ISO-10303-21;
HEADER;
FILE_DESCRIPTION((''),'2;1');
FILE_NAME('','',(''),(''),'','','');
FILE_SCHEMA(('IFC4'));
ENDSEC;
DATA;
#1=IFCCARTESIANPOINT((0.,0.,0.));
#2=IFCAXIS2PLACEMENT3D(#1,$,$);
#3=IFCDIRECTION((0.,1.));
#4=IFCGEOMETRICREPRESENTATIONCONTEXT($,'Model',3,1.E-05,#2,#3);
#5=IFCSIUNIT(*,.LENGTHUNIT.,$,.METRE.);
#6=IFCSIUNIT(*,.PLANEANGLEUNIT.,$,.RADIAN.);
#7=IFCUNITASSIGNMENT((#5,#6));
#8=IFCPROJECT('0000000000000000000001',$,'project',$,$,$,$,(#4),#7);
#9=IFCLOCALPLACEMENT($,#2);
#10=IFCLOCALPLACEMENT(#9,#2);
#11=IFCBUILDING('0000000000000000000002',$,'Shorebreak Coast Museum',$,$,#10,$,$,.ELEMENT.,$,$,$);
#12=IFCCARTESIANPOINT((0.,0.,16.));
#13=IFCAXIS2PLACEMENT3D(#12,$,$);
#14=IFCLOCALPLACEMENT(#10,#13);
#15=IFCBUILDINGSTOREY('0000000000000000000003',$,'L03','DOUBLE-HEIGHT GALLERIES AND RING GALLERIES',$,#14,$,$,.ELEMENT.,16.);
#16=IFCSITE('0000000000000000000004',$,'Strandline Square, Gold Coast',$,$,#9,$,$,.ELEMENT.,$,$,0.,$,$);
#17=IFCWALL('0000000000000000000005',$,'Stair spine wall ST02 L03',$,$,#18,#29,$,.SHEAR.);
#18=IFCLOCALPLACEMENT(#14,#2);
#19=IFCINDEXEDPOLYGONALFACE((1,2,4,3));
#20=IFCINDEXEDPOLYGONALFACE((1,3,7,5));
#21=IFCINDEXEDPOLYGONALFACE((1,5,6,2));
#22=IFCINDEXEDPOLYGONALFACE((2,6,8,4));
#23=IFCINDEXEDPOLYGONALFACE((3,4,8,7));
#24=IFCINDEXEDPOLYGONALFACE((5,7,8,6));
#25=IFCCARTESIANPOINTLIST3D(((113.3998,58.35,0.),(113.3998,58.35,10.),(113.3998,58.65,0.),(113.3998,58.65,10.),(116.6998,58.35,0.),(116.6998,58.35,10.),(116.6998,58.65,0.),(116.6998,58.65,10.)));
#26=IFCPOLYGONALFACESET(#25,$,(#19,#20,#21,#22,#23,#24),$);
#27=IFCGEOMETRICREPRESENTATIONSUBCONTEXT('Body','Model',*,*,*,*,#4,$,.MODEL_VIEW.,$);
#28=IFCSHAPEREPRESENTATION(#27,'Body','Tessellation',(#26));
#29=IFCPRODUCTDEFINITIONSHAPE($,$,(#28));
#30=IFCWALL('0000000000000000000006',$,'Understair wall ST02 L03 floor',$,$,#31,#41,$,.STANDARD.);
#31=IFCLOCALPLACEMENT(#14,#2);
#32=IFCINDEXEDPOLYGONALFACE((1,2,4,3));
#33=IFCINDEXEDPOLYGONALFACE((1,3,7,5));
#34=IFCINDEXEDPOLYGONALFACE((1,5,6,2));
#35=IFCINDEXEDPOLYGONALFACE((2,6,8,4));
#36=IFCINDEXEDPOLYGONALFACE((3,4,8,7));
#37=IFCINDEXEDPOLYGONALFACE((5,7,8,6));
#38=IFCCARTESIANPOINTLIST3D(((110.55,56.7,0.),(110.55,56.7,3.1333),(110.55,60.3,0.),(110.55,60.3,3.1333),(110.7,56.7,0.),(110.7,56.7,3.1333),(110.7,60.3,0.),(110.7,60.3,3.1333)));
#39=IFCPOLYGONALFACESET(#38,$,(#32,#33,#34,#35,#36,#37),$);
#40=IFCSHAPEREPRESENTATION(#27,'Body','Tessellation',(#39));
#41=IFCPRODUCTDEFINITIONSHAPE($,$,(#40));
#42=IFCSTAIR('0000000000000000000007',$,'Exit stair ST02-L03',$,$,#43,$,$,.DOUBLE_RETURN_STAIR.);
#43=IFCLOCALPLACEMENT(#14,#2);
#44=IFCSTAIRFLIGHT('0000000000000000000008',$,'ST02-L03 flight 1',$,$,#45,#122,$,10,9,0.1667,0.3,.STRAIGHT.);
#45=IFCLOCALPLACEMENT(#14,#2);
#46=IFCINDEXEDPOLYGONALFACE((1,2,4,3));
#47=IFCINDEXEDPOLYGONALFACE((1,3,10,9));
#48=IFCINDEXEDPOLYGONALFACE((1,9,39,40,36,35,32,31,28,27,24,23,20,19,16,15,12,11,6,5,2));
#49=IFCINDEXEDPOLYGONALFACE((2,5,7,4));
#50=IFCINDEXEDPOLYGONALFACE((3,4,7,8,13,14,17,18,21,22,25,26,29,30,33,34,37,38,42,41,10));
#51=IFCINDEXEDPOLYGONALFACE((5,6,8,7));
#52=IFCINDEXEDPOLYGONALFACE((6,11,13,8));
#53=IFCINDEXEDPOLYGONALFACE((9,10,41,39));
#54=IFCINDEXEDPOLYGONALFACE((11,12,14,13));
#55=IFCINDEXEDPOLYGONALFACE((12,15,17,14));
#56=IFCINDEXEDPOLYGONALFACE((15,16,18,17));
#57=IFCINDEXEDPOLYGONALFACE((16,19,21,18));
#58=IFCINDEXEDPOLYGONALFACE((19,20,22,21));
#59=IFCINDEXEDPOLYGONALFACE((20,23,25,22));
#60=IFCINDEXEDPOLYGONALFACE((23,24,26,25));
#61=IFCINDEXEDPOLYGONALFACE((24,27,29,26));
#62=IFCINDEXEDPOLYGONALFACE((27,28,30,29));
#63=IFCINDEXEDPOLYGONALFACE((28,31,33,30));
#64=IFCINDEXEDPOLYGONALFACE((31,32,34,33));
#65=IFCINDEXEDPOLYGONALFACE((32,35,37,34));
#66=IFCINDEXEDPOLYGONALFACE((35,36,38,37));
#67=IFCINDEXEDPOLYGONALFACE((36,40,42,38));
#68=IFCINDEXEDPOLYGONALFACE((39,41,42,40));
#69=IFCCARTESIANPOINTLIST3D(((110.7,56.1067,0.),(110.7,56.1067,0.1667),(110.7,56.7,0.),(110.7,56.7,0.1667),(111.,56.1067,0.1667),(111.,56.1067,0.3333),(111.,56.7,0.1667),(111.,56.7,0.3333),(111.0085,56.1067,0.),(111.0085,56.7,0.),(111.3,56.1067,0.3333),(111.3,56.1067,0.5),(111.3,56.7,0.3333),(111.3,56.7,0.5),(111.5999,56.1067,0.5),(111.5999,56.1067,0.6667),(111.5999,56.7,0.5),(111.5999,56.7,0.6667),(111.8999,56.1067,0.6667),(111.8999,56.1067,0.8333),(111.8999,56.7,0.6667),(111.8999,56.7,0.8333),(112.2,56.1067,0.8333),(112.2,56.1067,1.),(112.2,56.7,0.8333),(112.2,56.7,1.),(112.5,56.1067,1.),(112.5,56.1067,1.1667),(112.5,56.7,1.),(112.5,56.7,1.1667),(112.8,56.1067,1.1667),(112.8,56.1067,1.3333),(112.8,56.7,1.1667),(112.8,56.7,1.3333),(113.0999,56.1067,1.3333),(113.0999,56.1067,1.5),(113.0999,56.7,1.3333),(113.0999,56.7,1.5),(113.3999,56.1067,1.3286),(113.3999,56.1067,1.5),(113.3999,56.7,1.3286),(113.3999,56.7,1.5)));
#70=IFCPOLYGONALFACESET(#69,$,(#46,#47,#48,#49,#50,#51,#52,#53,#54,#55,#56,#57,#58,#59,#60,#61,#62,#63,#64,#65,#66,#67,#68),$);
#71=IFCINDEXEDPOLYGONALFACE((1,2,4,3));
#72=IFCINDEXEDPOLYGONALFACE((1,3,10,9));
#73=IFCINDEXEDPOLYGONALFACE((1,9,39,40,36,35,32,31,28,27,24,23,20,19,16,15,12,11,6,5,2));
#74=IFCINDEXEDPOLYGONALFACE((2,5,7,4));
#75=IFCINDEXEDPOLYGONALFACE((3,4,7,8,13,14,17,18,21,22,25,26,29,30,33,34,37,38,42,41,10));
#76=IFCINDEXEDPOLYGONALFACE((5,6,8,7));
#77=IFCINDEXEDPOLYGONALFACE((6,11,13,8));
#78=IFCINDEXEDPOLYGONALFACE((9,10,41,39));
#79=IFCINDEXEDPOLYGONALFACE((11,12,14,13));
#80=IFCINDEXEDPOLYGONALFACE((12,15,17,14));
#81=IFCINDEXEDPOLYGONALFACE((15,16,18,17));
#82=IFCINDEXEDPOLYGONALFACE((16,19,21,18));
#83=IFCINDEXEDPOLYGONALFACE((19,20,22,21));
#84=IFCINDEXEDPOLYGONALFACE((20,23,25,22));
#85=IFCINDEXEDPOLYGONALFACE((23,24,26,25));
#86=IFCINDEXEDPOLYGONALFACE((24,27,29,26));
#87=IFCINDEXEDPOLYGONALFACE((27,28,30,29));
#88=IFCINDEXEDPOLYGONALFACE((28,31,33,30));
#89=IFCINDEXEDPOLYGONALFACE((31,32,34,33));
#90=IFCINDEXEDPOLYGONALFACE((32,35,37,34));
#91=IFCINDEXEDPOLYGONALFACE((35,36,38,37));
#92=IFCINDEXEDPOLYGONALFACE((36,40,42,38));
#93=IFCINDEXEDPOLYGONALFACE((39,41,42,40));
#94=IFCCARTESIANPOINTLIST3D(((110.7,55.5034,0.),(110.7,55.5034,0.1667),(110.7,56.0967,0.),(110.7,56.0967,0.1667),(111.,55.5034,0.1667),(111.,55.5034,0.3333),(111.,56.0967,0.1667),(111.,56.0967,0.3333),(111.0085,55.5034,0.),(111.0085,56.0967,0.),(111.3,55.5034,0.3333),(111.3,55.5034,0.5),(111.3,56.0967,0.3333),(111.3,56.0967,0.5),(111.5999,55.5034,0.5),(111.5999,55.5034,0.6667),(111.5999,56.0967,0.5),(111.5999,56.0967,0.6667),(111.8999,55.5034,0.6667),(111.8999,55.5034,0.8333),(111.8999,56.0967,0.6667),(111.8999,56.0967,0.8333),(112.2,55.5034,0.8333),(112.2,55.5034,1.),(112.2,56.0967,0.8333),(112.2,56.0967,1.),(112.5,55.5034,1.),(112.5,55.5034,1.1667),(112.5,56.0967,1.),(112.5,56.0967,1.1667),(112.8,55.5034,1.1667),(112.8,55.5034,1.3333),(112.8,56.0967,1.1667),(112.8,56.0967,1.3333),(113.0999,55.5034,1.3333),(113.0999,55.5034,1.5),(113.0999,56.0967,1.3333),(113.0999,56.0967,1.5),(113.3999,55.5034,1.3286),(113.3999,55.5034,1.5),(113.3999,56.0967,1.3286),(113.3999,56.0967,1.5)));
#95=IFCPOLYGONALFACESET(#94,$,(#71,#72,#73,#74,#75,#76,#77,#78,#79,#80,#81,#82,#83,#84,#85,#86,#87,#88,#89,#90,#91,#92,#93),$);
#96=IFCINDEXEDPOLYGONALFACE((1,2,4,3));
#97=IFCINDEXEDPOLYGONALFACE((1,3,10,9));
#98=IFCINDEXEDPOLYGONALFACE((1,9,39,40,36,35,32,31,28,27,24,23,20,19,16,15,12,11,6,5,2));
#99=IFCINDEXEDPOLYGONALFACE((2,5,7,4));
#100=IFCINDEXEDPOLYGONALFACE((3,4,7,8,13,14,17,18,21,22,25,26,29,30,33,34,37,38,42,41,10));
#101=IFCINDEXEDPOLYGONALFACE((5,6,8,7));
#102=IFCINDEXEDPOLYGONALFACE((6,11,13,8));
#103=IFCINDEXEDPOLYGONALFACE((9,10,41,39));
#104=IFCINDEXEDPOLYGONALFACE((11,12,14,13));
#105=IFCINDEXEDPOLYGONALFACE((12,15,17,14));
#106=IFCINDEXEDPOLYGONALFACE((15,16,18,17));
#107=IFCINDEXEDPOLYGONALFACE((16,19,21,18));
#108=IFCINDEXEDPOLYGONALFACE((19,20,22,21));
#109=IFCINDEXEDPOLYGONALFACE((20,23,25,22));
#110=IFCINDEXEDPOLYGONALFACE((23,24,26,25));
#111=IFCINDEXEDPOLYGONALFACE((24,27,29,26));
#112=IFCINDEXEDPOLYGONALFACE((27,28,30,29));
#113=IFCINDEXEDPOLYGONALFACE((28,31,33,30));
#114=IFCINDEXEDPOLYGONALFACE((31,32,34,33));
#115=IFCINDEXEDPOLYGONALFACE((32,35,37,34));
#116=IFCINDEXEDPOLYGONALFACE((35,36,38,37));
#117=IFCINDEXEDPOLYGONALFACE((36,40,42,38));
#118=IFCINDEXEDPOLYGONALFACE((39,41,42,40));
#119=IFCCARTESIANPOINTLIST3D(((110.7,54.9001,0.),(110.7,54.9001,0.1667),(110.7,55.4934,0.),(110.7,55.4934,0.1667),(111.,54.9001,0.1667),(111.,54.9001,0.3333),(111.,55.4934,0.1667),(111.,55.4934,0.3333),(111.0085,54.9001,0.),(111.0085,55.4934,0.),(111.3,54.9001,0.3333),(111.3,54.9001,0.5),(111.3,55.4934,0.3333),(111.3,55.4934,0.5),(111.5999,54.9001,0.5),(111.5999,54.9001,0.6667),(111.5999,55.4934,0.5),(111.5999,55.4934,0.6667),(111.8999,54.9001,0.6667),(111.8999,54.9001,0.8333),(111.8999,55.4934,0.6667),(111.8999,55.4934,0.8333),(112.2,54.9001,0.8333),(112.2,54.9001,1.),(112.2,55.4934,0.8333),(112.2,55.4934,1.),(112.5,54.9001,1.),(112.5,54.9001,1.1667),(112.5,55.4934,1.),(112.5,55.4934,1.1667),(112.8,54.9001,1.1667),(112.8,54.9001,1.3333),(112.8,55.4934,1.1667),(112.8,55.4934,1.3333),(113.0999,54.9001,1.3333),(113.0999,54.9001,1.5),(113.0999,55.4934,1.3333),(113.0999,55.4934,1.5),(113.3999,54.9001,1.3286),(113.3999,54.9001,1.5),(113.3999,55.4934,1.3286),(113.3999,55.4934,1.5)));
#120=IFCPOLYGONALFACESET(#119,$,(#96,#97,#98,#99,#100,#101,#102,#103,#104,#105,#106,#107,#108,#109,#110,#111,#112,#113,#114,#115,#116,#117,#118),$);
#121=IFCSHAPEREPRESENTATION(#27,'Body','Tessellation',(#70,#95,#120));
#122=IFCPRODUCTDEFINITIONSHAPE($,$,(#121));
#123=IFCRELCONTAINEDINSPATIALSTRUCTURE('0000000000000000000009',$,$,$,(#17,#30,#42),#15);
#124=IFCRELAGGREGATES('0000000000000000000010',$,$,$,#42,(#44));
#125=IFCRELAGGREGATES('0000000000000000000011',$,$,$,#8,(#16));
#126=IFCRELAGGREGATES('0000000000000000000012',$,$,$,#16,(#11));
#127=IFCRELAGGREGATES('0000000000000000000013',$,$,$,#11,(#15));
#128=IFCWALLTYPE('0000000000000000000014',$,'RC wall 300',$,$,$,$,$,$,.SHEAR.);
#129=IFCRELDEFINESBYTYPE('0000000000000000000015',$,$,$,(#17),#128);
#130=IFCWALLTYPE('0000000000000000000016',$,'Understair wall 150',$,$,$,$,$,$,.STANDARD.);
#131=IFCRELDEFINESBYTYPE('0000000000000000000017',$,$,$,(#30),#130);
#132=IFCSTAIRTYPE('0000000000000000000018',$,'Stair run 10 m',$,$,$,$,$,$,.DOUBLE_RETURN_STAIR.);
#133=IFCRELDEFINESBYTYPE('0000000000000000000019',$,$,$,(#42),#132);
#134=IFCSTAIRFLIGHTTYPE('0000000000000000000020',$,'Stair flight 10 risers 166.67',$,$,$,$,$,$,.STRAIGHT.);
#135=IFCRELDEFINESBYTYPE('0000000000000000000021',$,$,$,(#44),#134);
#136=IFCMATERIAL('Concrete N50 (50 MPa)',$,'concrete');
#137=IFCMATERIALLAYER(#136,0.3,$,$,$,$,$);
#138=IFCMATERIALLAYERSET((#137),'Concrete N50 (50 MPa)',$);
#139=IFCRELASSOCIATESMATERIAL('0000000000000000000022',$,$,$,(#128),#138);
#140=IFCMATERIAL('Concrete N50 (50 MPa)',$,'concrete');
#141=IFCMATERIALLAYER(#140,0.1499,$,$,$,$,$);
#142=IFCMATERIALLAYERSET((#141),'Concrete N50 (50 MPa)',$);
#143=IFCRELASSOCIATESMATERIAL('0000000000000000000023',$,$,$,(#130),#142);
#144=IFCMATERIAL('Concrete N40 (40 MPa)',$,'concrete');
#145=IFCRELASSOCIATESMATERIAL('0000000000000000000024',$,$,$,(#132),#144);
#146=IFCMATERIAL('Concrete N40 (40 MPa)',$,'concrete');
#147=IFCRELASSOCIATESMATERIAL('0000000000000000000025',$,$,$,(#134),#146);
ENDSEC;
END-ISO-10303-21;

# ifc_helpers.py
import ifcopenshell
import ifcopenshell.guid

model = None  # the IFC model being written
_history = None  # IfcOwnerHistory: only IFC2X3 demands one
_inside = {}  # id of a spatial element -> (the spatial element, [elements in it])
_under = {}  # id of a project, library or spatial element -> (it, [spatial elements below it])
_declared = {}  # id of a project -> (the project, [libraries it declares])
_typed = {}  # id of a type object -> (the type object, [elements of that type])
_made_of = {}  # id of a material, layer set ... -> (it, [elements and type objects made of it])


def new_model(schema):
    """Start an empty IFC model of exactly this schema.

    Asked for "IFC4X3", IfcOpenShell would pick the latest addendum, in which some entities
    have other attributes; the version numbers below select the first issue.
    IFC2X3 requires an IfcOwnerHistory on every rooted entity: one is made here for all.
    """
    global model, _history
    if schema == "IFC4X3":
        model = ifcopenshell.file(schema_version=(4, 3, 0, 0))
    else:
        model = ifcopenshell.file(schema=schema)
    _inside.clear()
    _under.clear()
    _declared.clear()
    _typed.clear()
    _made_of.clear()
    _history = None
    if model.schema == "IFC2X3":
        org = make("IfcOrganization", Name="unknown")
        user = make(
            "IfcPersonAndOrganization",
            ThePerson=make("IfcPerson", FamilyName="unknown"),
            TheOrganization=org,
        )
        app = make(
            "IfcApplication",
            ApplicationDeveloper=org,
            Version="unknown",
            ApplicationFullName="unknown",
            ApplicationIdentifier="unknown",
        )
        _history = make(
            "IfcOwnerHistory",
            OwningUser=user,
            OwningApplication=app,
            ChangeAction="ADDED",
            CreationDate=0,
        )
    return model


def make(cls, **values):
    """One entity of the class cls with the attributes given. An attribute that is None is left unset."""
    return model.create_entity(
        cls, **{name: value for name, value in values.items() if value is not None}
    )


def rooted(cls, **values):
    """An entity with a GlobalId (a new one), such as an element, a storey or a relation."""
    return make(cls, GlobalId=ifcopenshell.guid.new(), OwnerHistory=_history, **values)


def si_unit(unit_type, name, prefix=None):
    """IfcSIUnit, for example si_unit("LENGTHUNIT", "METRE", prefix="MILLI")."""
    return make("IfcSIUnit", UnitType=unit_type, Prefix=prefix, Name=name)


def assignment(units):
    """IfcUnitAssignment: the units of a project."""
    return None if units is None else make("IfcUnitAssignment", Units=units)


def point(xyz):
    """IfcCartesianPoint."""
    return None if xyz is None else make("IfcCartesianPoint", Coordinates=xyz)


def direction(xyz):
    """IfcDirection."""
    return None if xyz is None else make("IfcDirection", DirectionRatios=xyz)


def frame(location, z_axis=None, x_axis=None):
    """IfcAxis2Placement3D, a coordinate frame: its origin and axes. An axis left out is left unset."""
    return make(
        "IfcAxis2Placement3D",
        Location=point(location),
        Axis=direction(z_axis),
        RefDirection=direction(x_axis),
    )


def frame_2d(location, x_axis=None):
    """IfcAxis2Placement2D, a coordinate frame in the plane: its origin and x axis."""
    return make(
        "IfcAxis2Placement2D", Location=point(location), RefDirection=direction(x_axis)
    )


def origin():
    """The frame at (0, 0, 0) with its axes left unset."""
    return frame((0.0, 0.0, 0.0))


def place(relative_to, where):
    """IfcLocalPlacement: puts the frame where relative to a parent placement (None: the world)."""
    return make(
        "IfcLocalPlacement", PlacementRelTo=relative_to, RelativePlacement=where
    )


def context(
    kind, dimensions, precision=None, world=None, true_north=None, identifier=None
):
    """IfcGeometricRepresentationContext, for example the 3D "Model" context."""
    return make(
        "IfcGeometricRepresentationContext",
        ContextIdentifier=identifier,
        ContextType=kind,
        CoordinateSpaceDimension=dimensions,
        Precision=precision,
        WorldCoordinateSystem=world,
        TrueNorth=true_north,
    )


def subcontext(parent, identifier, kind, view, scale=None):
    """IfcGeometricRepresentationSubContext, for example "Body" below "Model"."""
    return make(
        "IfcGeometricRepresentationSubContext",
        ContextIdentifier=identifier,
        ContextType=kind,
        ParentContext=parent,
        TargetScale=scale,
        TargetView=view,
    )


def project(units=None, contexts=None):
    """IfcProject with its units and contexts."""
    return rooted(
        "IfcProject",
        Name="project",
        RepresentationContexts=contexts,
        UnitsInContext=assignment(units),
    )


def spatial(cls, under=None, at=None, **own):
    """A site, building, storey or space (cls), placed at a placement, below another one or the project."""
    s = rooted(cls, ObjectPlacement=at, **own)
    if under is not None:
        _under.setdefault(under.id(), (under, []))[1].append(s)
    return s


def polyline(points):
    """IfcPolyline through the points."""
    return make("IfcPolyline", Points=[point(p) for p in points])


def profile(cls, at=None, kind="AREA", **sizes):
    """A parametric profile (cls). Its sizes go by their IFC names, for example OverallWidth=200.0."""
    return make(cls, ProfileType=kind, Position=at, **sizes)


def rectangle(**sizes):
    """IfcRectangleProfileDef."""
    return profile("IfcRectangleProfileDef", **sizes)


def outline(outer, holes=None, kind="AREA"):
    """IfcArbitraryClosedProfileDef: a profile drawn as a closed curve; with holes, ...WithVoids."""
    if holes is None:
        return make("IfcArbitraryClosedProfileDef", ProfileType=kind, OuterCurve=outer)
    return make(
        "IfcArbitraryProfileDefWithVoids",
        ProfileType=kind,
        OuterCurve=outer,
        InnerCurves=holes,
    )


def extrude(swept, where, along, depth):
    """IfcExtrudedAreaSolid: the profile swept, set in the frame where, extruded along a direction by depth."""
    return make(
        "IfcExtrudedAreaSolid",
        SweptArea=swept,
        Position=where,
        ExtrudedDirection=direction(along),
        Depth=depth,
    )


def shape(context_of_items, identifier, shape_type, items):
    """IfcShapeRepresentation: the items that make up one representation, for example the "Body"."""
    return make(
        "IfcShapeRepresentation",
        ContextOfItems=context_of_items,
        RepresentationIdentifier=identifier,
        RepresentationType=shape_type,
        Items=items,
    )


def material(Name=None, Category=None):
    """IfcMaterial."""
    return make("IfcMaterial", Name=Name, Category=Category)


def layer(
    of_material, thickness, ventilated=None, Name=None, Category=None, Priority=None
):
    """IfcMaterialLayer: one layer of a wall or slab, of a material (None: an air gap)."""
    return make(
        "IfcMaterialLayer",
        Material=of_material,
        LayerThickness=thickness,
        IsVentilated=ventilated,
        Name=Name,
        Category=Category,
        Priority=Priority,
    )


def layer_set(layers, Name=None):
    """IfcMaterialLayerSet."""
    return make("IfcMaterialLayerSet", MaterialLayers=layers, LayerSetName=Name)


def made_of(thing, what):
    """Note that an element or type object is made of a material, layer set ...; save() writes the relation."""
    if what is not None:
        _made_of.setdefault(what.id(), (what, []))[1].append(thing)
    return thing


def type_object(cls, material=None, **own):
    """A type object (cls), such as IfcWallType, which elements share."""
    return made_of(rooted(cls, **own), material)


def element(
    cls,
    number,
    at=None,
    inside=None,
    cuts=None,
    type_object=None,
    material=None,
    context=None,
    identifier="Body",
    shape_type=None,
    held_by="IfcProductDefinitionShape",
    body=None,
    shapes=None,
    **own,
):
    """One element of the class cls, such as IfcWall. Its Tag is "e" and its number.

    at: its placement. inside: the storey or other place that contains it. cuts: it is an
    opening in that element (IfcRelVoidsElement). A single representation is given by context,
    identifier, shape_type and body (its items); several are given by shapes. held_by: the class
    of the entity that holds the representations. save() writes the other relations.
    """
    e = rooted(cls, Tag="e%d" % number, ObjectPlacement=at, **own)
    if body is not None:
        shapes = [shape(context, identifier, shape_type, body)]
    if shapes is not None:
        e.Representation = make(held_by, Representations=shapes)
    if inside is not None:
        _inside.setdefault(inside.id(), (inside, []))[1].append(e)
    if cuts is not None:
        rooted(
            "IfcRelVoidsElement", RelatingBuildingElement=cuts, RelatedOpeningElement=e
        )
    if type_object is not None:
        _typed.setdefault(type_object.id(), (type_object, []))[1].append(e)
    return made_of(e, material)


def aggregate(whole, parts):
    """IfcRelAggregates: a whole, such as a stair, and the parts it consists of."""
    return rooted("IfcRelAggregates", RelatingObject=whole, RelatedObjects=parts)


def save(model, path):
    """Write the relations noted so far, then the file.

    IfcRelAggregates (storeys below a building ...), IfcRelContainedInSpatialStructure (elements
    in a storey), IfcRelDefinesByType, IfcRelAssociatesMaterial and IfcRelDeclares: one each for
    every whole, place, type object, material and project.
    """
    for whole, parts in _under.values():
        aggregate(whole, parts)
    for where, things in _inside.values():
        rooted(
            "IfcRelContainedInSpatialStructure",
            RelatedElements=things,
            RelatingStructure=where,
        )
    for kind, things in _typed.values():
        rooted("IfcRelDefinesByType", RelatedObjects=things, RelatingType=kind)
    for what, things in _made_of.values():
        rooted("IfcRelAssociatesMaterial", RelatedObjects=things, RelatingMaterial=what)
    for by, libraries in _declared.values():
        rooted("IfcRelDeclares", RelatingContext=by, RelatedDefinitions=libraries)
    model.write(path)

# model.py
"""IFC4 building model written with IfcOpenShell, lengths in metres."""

from ifc_helpers import new_model, si_unit, direction, frame, frame_2d, origin, place, context, subcontext, project, spatial, polyline, rectangle, outline, extrude, material, layer, layer_set, type_object, element, aggregate, save


model = new_model("IFC4")

# Units and contexts
model_context = context("Model", 3, precision=1e-05, world=origin(), true_north=direction((0.0, 1.0)))
body_context = subcontext(model_context, "Body", "Model", "MODEL_VIEW")
ifc_project = project(units=[si_unit("LENGTHUNIT", "METRE"), si_unit("PLANEANGLEUNIT", "RADIAN")], contexts=[model_context])

# Site, building, storey
site_placement = place(None, origin())
site = spatial("IfcSite", under=ifc_project, at=site_placement, Name="Strandline Square, Gold Coast", CompositionType="ELEMENT", RefElevation=0.0)
building_placement = place(site_placement, origin())
building = spatial("IfcBuilding", under=site, at=building_placement, Name="Shorebreak Coast Museum", CompositionType="ELEMENT")
storey_placement = place(building_placement, frame((0.0, 0.0, 16.0)))
storey = spatial("IfcBuildingStorey", under=building, at=storey_placement, Name="L03", Description="DOUBLE-HEIGHT GALLERIES AND RING GALLERIES", CompositionType="ELEMENT", Elevation=16.0)

# Walls
ifc_material_1 = material(Name="Concrete N50 (50 MPa)", Category="concrete")
ifc_layer_1 = layer(ifc_material_1, 0.3)
ifc_layer_set_1 = layer_set([ifc_layer_1], Name="Concrete N50 (50 MPa)")
wall_type_1 = type_object("IfcWallType", Name="RC wall 300", PredefinedType="SHEAR", material=ifc_layer_set_1)
wall_1_placement = place(storey_placement, frame((113.3999, 58.5, 0.0), z_axis=(0.0, 0.0, 1.0), x_axis=(1.0, 0.0, 0.0)))
element("IfcWall", 1, at=wall_1_placement, inside=storey, type_object=wall_type_1, Name="Stair spine wall ST02 L03", PredefinedType="SHEAR", context=body_context, shape_type="SweptSolid", body=[
    extrude(rectangle(XDim=3.3, YDim=0.3, at=frame_2d((1.6499, 0.0))), origin(), (0.0, 0.0, 1.0), 10.0),
])
ifc_material_2 = material(Name="Concrete N50 (50 MPa)", Category="concrete")
ifc_layer_2 = layer(ifc_material_2, 0.1499)
ifc_layer_set_2 = layer_set([ifc_layer_2], Name="Concrete N50 (50 MPa)")
wall_type_2 = type_object("IfcWallType", Name="Understair wall 150", PredefinedType="STANDARD", material=ifc_layer_set_2)
wall_2_placement = place(storey_placement, frame((110.625, 56.7, 0.0), z_axis=(0.0, 0.0, 1.0), x_axis=(0.0, 1.0, 0.0)))
element("IfcWall", 2, at=wall_2_placement, inside=storey, type_object=wall_type_2, Name="Understair wall ST02 L03 floor", PredefinedType="STANDARD", context=body_context, shape_type="SweptSolid", body=[
    extrude(rectangle(XDim=3.6001, YDim=0.1499, at=frame_2d((1.8, 0.0))), origin(), (0.0, 0.0, 1.0), 3.1333),
])

# Stair, stair flight
ifc_material_3 = material(Name="Concrete N40 (40 MPa)", Category="concrete")
stair_type = type_object("IfcStairType", Name="Stair run 10 m", PredefinedType="DOUBLE_RETURN_STAIR", material=ifc_material_3)
stair_placement = place(storey_placement, origin())
stair = element("IfcStair", 3, at=stair_placement, inside=storey, type_object=stair_type, Name="Exit stair ST02-L03", PredefinedType="DOUBLE_RETURN_STAIR")
ifc_material_4 = material(Name="Concrete N40 (40 MPa)", Category="concrete")
stair_flight_type = type_object("IfcStairFlightType", Name="Stair flight 10 risers 166.67", PredefinedType="STRAIGHT", material=ifc_material_4)
stair_flight_1_placement = place(storey_placement, frame((110.7, 55.8, 0.0), z_axis=(0.0, 0.0, 1.0), x_axis=(1.0, 0.0, 0.0)))
stair_flight_1 = element("IfcStairFlight", 4, at=stair_flight_1_placement, type_object=stair_flight_type, Name="ST02-L03 flight 1", NumberOfRisers=10, NumberOfTreads=9, PredefinedType="STRAIGHT", RiserHeight=0.1667, TreadLength=0.3, context=body_context, shape_type="SweptSolid", body=[
    extrude(outline(polyline([(0.0, 0.0), (0.0, 0.1667), (0.3, 0.1667), (0.3, 0.3333), (0.6001, 0.3333), (0.6001, 0.5), (0.8999, 0.5), (0.8999, 0.6667), (1.2, 0.6667), (1.2, 0.8333), (1.5, 0.8333), (1.5, 1.0), (1.8, 1.0), (1.8, 1.1667), (2.1001, 1.1667), (2.1001, 1.3333), (2.3999, 1.3333), (2.3999, 1.5), (2.7, 1.5), (2.7, 1.6667), (2.7, 1.3286), (0.3086, 0.0), (0.0, 0.0)])), frame((0.0, 0.8999, 0.0), z_axis=(0.0, -1.0, 0.0), x_axis=(1.0, 0.0, 0.0)), (0.0, 0.0, 1.0), 0.5933),
    extrude(outline(polyline([(0.0, 0.0), (0.0, 0.1667), (0.3, 0.1667), (0.3, 0.3333), (0.6001, 0.3333), (0.6001, 0.5), (0.8999, 0.5), (0.8999, 0.6667), (1.2, 0.6667), (1.2, 0.8333), (1.5, 0.8333), (1.5, 1.0), (1.8, 1.0), (1.8, 1.1667), (2.1001, 1.1667), (2.1001, 1.3333), (2.3999, 1.3333), (2.3999, 1.5), (2.7, 1.5), (2.7, 1.6667), (2.7, 1.3286), (0.3086, 0.0), (0.0, 0.0)])), frame((0.0, 0.2966, 0.0), z_axis=(0.0, -1.0, 0.0), x_axis=(1.0, 0.0, 0.0)), (0.0, 0.0, 1.0), 0.5933),
    extrude(outline(polyline([(0.0, 0.0), (0.0, 0.1667), (0.3, 0.1667), (0.3, 0.3333), (0.6001, 0.3333), (0.6001, 0.5), (0.8999, 0.5), (0.8999, 0.6667), (1.2, 0.6667), (1.2, 0.8333), (1.5, 0.8333), (1.5, 1.0), (1.8, 1.0), (1.8, 1.1667), (2.1001, 1.1667), (2.1001, 1.3333), (2.3999, 1.3333), (2.3999, 1.5), (2.7, 1.5), (2.7, 1.6667), (2.7, 1.3286), (0.3086, 0.0), (0.0, 0.0)])), frame((0.0, -0.3066, 0.0), z_axis=(0.0, -1.0, 0.0), x_axis=(1.0, 0.0, 0.0)), (0.0, 0.0, 1.0), 0.5933),
])
aggregate(stair, [stair_flight_1])

save(model, "model.ifc")
